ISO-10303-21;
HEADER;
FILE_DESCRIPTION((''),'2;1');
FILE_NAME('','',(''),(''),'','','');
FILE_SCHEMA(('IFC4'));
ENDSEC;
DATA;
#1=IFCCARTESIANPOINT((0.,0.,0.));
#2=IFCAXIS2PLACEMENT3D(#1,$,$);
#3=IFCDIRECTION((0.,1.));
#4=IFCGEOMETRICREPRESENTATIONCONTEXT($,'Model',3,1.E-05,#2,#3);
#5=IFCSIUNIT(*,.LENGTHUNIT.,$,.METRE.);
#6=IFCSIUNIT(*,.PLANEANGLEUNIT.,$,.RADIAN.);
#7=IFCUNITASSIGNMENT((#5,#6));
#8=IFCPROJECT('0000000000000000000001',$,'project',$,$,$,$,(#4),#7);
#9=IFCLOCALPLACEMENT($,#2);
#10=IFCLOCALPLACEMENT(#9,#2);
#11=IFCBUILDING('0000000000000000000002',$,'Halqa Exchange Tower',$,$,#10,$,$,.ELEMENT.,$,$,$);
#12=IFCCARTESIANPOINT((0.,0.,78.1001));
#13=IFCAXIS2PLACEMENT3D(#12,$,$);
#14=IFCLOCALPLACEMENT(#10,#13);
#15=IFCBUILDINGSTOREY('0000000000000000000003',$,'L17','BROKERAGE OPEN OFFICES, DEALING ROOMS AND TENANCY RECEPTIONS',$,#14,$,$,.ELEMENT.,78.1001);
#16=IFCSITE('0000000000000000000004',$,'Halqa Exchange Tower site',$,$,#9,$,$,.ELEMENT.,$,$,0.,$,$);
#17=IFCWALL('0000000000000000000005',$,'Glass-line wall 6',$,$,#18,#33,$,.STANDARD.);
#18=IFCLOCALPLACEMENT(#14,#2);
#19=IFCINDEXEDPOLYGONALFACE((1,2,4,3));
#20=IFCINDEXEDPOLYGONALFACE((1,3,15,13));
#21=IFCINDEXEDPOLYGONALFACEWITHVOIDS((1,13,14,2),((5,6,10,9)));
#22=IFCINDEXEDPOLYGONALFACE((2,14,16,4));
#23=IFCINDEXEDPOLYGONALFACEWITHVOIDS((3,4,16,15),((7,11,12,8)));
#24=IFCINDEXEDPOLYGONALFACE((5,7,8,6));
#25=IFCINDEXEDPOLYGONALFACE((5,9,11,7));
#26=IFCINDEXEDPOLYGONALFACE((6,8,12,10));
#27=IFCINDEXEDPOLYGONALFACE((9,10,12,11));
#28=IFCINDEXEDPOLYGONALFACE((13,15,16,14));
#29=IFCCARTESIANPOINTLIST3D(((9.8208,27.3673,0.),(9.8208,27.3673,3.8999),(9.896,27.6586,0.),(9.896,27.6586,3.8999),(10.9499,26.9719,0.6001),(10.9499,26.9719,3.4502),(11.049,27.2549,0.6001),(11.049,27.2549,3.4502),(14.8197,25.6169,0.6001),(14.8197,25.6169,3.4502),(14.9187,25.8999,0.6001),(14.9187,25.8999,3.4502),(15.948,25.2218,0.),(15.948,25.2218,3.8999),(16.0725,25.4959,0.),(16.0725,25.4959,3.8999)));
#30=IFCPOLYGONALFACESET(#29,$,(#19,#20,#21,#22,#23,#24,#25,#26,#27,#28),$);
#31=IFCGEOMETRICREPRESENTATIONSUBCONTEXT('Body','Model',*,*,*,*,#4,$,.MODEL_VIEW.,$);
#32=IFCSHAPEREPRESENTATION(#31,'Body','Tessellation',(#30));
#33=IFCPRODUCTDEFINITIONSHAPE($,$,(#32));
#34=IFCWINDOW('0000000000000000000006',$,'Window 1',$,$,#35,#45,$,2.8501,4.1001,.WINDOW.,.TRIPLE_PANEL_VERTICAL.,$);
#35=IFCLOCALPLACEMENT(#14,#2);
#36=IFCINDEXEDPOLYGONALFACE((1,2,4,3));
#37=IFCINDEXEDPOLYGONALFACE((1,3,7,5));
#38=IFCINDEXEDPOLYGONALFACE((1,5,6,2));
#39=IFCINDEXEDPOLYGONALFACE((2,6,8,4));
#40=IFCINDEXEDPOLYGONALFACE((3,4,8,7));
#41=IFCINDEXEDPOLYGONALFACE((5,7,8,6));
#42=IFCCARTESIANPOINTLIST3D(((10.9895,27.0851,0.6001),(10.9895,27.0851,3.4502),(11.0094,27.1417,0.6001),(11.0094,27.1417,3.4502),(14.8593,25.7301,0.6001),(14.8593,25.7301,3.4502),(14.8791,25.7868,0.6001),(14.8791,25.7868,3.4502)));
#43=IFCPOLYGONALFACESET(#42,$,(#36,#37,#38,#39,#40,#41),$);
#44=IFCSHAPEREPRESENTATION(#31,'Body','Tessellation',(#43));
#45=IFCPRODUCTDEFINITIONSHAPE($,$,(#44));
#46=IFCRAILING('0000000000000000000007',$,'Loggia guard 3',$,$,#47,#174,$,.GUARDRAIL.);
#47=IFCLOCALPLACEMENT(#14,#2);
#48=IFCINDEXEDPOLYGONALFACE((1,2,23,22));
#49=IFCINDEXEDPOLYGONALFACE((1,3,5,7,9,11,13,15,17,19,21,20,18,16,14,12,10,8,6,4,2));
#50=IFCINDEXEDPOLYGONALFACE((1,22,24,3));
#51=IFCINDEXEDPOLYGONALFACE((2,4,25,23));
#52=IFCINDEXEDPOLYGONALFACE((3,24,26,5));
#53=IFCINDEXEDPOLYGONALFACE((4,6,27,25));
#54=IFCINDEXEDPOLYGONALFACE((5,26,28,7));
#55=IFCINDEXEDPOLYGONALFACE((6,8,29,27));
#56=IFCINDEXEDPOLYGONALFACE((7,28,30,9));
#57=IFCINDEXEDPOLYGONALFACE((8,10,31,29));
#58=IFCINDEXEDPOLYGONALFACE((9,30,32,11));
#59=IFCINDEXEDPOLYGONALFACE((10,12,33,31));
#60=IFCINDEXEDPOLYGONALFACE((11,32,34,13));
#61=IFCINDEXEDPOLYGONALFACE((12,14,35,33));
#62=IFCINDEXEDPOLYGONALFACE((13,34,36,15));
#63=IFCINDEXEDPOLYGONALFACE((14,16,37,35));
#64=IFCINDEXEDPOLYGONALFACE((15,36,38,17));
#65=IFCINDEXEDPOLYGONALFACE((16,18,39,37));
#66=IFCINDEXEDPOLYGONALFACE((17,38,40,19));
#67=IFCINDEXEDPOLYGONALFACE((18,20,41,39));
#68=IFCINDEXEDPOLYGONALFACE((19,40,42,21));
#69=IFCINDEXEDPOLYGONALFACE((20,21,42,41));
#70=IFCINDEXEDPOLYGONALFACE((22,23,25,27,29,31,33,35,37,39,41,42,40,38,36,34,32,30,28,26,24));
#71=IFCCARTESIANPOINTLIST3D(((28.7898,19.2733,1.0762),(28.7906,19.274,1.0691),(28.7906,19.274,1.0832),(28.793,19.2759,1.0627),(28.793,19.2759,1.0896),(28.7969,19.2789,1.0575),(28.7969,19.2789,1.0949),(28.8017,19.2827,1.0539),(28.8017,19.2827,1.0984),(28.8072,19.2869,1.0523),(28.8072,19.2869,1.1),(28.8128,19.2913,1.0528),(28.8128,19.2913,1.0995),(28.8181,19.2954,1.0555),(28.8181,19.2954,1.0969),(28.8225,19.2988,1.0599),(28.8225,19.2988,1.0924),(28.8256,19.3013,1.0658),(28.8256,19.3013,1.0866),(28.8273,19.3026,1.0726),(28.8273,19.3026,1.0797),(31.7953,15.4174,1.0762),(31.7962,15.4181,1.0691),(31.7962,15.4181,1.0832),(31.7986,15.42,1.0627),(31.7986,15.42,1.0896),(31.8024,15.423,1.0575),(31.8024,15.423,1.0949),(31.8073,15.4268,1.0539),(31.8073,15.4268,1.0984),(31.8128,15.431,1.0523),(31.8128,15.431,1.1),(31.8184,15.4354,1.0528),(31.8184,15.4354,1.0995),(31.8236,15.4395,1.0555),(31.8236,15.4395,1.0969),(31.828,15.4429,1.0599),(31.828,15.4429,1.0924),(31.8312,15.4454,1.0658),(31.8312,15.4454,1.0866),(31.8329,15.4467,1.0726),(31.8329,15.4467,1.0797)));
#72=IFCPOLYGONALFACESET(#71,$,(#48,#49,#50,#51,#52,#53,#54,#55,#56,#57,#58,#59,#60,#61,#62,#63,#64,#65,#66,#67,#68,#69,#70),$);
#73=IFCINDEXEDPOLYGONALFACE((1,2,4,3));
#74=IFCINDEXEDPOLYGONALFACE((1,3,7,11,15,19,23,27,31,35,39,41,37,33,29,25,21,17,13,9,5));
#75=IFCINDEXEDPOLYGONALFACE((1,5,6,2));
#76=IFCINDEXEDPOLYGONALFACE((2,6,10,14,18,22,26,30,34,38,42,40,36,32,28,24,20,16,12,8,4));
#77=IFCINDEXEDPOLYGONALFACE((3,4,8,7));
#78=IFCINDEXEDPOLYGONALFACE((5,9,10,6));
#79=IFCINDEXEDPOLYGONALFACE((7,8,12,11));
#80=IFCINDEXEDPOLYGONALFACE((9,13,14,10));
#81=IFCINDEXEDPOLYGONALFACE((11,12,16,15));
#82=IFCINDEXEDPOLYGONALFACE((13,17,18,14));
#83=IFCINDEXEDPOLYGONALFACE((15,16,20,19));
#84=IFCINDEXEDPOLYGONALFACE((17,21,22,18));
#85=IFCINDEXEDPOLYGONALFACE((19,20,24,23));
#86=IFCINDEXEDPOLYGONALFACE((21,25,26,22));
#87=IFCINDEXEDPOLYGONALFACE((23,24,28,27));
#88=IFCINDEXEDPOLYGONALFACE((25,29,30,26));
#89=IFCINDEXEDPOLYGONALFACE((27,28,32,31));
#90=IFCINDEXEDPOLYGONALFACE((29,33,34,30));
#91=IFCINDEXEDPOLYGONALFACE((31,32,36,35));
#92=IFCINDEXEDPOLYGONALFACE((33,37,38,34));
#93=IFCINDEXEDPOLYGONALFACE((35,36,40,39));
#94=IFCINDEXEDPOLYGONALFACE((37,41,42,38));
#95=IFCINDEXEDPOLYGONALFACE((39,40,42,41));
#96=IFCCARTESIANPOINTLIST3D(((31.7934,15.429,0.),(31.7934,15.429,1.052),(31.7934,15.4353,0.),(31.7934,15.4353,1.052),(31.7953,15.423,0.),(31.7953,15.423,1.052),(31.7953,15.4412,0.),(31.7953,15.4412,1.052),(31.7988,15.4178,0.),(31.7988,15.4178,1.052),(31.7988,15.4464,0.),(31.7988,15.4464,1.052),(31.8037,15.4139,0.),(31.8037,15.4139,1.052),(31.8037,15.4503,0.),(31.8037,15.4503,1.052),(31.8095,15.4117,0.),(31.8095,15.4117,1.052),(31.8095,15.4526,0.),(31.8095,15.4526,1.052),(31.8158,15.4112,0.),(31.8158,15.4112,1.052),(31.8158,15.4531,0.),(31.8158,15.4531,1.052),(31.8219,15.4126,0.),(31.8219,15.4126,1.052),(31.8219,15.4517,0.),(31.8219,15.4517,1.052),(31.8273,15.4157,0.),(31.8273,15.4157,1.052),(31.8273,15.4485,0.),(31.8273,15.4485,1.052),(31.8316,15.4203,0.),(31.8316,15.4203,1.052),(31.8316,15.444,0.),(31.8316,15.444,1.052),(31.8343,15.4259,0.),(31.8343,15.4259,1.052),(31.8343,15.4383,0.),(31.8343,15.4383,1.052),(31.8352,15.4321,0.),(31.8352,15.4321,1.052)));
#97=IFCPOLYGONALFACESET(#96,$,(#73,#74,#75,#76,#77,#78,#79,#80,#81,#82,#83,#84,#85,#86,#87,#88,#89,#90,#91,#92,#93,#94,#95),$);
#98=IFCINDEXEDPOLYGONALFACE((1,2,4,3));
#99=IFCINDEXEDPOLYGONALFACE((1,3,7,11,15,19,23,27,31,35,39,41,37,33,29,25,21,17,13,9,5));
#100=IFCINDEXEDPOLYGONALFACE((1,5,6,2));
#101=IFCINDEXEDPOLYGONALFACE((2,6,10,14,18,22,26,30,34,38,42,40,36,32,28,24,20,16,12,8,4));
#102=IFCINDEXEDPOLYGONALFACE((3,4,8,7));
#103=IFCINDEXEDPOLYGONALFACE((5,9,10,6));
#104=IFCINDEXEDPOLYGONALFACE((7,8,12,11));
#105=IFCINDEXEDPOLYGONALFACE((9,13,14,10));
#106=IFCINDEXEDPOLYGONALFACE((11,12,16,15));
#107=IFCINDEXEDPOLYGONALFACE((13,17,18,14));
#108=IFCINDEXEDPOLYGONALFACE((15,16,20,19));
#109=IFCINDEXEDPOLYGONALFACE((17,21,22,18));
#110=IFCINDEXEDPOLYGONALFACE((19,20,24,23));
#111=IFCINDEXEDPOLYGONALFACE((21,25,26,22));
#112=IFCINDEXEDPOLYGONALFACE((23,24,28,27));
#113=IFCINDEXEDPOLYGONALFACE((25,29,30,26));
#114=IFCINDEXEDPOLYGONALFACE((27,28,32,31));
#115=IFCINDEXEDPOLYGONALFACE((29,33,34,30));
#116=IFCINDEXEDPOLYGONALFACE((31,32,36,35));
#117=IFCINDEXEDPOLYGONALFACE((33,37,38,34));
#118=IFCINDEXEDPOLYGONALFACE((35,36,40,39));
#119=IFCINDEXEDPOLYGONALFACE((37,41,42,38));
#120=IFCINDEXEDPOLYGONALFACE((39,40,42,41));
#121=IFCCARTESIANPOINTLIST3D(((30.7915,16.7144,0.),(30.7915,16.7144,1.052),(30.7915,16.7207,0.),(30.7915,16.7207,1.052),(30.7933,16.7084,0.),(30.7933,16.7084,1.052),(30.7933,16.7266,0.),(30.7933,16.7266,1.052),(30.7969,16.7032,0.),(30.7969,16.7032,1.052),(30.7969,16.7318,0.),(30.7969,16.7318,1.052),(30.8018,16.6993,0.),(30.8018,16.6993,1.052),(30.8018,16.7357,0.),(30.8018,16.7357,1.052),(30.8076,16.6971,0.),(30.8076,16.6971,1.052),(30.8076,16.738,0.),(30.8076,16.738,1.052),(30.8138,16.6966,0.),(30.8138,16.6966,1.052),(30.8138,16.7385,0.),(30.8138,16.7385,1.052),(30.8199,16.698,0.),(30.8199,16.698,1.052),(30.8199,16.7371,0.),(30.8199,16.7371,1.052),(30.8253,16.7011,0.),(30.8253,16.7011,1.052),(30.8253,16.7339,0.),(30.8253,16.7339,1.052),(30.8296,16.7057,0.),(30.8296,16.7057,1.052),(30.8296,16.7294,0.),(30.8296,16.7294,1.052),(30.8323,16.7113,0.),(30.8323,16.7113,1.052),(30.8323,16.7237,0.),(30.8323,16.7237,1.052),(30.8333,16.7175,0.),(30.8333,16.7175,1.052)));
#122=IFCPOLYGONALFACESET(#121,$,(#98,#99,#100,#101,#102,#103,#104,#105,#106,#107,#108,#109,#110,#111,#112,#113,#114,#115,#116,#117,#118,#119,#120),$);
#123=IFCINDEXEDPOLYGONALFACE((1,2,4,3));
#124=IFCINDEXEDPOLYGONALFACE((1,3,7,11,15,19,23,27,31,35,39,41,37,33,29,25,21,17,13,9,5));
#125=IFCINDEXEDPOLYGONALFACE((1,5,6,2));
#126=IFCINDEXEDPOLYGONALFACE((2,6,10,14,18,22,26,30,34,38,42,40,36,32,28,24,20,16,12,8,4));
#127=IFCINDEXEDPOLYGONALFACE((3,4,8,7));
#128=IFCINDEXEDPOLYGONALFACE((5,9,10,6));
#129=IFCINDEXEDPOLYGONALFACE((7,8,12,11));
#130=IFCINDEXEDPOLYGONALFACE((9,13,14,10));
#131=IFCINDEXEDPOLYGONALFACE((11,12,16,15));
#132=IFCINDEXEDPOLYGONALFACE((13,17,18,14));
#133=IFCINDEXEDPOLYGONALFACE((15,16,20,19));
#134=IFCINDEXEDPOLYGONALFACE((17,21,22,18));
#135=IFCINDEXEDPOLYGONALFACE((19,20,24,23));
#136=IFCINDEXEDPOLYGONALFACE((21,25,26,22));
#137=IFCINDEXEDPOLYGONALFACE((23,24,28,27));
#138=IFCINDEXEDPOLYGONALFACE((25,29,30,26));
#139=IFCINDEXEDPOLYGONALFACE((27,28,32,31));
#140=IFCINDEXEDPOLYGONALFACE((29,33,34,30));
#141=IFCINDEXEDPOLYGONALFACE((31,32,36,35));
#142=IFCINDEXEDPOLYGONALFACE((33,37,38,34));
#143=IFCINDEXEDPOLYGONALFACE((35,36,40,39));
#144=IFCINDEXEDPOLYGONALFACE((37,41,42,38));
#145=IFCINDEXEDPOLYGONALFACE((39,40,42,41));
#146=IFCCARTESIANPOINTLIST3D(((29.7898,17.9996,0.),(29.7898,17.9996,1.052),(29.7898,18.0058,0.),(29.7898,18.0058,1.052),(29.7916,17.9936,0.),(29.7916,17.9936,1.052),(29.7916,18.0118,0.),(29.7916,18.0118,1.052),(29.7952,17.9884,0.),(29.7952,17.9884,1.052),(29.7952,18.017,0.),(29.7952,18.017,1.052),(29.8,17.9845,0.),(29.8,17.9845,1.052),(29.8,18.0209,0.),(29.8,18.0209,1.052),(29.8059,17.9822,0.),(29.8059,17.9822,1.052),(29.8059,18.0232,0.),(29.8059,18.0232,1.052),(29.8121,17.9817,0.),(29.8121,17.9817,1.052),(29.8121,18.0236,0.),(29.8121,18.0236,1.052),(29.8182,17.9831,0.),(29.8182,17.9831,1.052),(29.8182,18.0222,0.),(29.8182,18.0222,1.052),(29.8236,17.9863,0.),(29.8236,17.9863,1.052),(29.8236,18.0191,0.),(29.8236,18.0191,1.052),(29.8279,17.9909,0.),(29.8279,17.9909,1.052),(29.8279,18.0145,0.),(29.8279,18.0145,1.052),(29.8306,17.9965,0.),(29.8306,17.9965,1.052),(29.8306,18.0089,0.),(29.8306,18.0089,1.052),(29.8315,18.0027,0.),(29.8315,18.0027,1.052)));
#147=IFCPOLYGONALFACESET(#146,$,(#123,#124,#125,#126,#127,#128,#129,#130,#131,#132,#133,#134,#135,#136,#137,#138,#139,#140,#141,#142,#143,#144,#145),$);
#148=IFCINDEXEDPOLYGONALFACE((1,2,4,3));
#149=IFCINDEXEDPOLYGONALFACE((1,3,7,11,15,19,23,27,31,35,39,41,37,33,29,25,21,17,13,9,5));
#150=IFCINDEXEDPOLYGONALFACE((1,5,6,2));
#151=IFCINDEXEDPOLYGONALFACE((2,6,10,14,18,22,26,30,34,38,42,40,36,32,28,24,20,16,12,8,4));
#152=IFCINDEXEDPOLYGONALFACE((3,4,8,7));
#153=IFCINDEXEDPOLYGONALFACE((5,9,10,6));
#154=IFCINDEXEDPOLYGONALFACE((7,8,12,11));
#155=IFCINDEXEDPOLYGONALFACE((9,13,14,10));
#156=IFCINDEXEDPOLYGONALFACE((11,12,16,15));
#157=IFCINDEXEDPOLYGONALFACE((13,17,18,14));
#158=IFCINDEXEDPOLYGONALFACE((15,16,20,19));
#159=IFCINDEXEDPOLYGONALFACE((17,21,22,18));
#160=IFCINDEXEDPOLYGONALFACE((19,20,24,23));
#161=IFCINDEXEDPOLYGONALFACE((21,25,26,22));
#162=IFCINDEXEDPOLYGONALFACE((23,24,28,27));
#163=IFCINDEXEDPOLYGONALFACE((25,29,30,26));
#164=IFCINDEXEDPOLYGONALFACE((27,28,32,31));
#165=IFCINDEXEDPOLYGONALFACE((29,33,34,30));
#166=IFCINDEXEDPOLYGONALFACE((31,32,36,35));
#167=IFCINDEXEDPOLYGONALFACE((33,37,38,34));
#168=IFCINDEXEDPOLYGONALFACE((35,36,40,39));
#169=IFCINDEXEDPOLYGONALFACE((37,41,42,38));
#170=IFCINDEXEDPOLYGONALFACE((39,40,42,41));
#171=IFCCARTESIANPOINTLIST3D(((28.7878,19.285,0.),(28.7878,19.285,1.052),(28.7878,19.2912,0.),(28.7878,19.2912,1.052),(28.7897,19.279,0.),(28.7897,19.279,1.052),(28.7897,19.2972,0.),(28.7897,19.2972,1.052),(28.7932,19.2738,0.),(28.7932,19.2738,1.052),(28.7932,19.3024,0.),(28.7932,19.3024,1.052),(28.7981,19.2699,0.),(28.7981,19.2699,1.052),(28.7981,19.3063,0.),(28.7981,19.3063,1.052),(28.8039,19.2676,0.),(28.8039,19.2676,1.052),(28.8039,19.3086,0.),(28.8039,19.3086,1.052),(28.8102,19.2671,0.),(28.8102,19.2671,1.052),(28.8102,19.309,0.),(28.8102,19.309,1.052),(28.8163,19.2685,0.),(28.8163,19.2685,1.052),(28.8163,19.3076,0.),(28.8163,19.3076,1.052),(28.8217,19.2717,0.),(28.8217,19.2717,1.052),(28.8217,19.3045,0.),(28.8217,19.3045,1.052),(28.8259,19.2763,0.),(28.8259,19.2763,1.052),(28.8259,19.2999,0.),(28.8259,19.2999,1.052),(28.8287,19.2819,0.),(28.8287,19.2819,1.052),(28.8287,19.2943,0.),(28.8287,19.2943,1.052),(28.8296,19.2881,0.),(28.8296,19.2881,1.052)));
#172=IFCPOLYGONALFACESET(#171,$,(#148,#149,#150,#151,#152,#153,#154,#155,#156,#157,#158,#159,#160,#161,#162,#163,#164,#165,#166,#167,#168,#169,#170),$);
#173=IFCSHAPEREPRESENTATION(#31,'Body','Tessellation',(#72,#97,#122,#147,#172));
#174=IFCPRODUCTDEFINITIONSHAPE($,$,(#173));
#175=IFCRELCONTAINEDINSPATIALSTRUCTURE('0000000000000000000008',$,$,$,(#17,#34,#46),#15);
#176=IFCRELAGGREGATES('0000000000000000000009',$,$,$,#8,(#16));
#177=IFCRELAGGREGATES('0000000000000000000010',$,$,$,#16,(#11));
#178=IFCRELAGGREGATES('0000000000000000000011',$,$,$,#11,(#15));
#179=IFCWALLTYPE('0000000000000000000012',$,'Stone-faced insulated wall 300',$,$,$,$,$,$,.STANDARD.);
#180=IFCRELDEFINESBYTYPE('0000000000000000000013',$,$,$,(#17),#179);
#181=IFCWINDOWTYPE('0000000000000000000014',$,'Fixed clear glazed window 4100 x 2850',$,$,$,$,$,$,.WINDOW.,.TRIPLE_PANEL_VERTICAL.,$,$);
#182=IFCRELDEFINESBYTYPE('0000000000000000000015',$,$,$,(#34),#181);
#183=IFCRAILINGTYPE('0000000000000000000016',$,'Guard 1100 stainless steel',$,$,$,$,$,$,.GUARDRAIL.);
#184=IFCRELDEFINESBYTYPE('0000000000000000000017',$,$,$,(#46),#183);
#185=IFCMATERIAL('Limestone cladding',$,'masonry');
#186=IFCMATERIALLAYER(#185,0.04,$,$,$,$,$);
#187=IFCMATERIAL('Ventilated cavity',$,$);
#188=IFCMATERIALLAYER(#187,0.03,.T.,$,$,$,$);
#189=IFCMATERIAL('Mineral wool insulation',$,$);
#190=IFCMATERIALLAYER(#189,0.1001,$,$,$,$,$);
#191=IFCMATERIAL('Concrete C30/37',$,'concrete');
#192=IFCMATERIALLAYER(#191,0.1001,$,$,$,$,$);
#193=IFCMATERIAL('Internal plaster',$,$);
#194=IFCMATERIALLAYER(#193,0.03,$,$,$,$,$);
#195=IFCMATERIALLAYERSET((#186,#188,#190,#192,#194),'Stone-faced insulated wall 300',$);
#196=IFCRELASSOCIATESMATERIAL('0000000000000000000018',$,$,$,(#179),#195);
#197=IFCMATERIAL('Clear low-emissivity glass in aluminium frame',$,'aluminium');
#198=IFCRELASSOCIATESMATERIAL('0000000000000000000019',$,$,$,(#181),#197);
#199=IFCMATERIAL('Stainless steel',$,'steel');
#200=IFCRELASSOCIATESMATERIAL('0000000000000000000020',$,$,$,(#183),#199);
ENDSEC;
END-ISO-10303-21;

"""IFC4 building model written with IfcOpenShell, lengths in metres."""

from ifc_helpers import new_model, si_unit, direction, frame, frame_2d, origin, origin_2d, place, context, subcontext, project, spatial, polyline, rectangle, circle, outline, extrude, material, layer, layer_set, type_object, element, fill, save


model = new_model("IFC4")

# Units and contexts
model_context = context("Model", 3, precision=1e-05, world=origin(), true_north=direction((0.0, 1.0)))
body_context = subcontext(model_context, "Body", "Model", "MODEL_VIEW")
ifc_project = project(units=[si_unit("LENGTHUNIT", "METRE"), si_unit("PLANEANGLEUNIT", "RADIAN")], contexts=[model_context])

# Site, building, storey
site_placement = place(None, origin())
site = spatial("IfcSite", under=ifc_project, at=site_placement, Name="Halqa Exchange Tower site", CompositionType="ELEMENT", RefElevation=0.0)
building_placement = place(site_placement, origin())
building = spatial("IfcBuilding", under=site, at=building_placement, Name="Halqa Exchange Tower", CompositionType="ELEMENT")
storey_placement = place(building_placement, frame((0.0, 0.0, 78.1001)))
storey = spatial("IfcBuildingStorey", under=building, at=storey_placement, Name="L17", Description="BROKERAGE OPEN OFFICES, DEALING ROOMS AND TENANCY RECEPTIONS", CompositionType="ELEMENT", Elevation=78.1001)

# Shared definitions
ifc_material_1 = material(Name="Limestone cladding", Category="masonry")
ifc_layer_1 = layer(ifc_material_1, 0.04)
ifc_material_2 = material(Name="Ventilated cavity")
ifc_layer_2 = layer(ifc_material_2, 0.03, ventilated=True)
ifc_material_3 = material(Name="Mineral wool insulation")
ifc_layer_3 = layer(ifc_material_3, 0.1001)
ifc_material_4 = material(Name="Concrete C30/37", Category="concrete")
ifc_layer_4 = layer(ifc_material_4, 0.1001)
ifc_material_5 = material(Name="Internal plaster")
ifc_layer_5 = layer(ifc_material_5, 0.03)
ifc_layer_set = layer_set([ifc_layer_1, ifc_layer_2, ifc_layer_3, ifc_layer_4, ifc_layer_5], Name="Stone-faced insulated wall 300")
wall_type = type_object("IfcWallType", Name="Stone-faced insulated wall 300", PredefinedType="STANDARD", material=ifc_layer_set)
ifc_material_6 = material(Name="Clear low-emissivity glass in aluminium frame", Category="aluminium")

# Wall, opening, window
window_type = type_object("IfcWindowType", Name="Fixed clear glazed window 4100 x 2850", PartitioningType="TRIPLE_PANEL_VERTICAL", PredefinedType="WINDOW", material=ifc_material_6)
wall_1_placement = place(storey_placement, frame((16.0103, 25.3589, 0.0), z_axis=(0.0, 0.0, 1.0), x_axis=(-0.943815, 0.330474, 0.0)))
wall_1 = element("IfcWall", 1, at=wall_1_placement, inside=storey, type_object=wall_type, Name="Glass-line wall 6", PredefinedType="STANDARD", context=body_context, shape_type="SweptSolid", body=[
    extrude(outline(polyline([(-0.0134, -0.1499), (6.5308, -0.1499), (6.5054, 0.1499), (0.0134, 0.1499), (-0.0134, -0.1499)])), origin(), (0.0, 0.0, 1.0), 3.8999),
])
opening_1_placement = place(wall_1_placement, frame((1.209, 0.0, 0.6001)))
opening_1 = element("IfcOpeningElement", 2, at=opening_1_placement, cuts=wall_1, PredefinedType="OPENING", context=body_context, shape_type="SweptSolid", body=[
    extrude(rectangle(XDim=4.1001, YDim=2.8501, at=frame_2d((2.05, 1.425))), frame((0.0, 0.1621, 0.0), z_axis=(0.0, -1.0, 0.0), x_axis=(1.0, 0.0, 0.0)), (0.0, 0.0, 1.0), 0.324),
])
window_1_placement = place(opening_1_placement, origin())
window_1 = element("IfcWindow", 3, at=window_1_placement, inside=storey, type_object=window_type, Name="Window 1", OverallHeight=2.8501, OverallWidth=4.1001, PartitioningType="TRIPLE_PANEL_VERTICAL", PredefinedType="WINDOW", context=body_context, shape_type="SweptSolid", body=[
    extrude(rectangle(XDim=4.1001, YDim=2.8501, at=frame_2d((2.05, 1.425))), frame((0.0, 0.03, 0.0), z_axis=(0.0, -1.0, 0.0), x_axis=(1.0, 0.0, 0.0)), (0.0, 0.0, 1.0), 0.0601),
])
fill(opening_1, window_1)

# Railing
ifc_material_7 = material(Name="Stainless steel", Category="steel")
railing_type = type_object("IfcRailingType", Name="Guard 1100 stainless steel", PredefinedType="GUARDRAIL", material=ifc_material_7)
railing_1_placement = place(storey_placement, frame((31.8142, 15.4321, 0.0)))
element("IfcRailing", 4, at=railing_1_placement, inside=storey, type_object=railing_type, Name="Loggia guard 3", PredefinedType="GUARDRAIL", context=body_context, shape_type="SweptSolid", body=[
    extrude(circle(Radius=0.0239, at=origin_2d()), frame((0.0, 0.0, 1.0762), z_axis=(-0.614773, 0.788704, 0.0), x_axis=(-0.788704, -0.614773, 0.0)), (0.0, 0.0, 1.0), 4.8889),
    extrude(circle(Radius=0.021, at=origin_2d()), origin(), (0.0, 0.0, 1.0), 1.052),
    extrude(circle(Radius=0.021, at=origin_2d()), frame((-1.002, 1.2854, 0.0)), (0.0, 0.0, 1.0), 1.052),
    extrude(circle(Radius=0.021, at=origin_2d()), frame((-2.0037, 2.5706, 0.0)), (0.0, 0.0, 1.0), 1.052),
    extrude(circle(Radius=0.021, at=origin_2d()), frame((-3.0056, 3.856, 0.0)), (0.0, 0.0, 1.0), 1.052),
])

save(model, "model.ifc")
